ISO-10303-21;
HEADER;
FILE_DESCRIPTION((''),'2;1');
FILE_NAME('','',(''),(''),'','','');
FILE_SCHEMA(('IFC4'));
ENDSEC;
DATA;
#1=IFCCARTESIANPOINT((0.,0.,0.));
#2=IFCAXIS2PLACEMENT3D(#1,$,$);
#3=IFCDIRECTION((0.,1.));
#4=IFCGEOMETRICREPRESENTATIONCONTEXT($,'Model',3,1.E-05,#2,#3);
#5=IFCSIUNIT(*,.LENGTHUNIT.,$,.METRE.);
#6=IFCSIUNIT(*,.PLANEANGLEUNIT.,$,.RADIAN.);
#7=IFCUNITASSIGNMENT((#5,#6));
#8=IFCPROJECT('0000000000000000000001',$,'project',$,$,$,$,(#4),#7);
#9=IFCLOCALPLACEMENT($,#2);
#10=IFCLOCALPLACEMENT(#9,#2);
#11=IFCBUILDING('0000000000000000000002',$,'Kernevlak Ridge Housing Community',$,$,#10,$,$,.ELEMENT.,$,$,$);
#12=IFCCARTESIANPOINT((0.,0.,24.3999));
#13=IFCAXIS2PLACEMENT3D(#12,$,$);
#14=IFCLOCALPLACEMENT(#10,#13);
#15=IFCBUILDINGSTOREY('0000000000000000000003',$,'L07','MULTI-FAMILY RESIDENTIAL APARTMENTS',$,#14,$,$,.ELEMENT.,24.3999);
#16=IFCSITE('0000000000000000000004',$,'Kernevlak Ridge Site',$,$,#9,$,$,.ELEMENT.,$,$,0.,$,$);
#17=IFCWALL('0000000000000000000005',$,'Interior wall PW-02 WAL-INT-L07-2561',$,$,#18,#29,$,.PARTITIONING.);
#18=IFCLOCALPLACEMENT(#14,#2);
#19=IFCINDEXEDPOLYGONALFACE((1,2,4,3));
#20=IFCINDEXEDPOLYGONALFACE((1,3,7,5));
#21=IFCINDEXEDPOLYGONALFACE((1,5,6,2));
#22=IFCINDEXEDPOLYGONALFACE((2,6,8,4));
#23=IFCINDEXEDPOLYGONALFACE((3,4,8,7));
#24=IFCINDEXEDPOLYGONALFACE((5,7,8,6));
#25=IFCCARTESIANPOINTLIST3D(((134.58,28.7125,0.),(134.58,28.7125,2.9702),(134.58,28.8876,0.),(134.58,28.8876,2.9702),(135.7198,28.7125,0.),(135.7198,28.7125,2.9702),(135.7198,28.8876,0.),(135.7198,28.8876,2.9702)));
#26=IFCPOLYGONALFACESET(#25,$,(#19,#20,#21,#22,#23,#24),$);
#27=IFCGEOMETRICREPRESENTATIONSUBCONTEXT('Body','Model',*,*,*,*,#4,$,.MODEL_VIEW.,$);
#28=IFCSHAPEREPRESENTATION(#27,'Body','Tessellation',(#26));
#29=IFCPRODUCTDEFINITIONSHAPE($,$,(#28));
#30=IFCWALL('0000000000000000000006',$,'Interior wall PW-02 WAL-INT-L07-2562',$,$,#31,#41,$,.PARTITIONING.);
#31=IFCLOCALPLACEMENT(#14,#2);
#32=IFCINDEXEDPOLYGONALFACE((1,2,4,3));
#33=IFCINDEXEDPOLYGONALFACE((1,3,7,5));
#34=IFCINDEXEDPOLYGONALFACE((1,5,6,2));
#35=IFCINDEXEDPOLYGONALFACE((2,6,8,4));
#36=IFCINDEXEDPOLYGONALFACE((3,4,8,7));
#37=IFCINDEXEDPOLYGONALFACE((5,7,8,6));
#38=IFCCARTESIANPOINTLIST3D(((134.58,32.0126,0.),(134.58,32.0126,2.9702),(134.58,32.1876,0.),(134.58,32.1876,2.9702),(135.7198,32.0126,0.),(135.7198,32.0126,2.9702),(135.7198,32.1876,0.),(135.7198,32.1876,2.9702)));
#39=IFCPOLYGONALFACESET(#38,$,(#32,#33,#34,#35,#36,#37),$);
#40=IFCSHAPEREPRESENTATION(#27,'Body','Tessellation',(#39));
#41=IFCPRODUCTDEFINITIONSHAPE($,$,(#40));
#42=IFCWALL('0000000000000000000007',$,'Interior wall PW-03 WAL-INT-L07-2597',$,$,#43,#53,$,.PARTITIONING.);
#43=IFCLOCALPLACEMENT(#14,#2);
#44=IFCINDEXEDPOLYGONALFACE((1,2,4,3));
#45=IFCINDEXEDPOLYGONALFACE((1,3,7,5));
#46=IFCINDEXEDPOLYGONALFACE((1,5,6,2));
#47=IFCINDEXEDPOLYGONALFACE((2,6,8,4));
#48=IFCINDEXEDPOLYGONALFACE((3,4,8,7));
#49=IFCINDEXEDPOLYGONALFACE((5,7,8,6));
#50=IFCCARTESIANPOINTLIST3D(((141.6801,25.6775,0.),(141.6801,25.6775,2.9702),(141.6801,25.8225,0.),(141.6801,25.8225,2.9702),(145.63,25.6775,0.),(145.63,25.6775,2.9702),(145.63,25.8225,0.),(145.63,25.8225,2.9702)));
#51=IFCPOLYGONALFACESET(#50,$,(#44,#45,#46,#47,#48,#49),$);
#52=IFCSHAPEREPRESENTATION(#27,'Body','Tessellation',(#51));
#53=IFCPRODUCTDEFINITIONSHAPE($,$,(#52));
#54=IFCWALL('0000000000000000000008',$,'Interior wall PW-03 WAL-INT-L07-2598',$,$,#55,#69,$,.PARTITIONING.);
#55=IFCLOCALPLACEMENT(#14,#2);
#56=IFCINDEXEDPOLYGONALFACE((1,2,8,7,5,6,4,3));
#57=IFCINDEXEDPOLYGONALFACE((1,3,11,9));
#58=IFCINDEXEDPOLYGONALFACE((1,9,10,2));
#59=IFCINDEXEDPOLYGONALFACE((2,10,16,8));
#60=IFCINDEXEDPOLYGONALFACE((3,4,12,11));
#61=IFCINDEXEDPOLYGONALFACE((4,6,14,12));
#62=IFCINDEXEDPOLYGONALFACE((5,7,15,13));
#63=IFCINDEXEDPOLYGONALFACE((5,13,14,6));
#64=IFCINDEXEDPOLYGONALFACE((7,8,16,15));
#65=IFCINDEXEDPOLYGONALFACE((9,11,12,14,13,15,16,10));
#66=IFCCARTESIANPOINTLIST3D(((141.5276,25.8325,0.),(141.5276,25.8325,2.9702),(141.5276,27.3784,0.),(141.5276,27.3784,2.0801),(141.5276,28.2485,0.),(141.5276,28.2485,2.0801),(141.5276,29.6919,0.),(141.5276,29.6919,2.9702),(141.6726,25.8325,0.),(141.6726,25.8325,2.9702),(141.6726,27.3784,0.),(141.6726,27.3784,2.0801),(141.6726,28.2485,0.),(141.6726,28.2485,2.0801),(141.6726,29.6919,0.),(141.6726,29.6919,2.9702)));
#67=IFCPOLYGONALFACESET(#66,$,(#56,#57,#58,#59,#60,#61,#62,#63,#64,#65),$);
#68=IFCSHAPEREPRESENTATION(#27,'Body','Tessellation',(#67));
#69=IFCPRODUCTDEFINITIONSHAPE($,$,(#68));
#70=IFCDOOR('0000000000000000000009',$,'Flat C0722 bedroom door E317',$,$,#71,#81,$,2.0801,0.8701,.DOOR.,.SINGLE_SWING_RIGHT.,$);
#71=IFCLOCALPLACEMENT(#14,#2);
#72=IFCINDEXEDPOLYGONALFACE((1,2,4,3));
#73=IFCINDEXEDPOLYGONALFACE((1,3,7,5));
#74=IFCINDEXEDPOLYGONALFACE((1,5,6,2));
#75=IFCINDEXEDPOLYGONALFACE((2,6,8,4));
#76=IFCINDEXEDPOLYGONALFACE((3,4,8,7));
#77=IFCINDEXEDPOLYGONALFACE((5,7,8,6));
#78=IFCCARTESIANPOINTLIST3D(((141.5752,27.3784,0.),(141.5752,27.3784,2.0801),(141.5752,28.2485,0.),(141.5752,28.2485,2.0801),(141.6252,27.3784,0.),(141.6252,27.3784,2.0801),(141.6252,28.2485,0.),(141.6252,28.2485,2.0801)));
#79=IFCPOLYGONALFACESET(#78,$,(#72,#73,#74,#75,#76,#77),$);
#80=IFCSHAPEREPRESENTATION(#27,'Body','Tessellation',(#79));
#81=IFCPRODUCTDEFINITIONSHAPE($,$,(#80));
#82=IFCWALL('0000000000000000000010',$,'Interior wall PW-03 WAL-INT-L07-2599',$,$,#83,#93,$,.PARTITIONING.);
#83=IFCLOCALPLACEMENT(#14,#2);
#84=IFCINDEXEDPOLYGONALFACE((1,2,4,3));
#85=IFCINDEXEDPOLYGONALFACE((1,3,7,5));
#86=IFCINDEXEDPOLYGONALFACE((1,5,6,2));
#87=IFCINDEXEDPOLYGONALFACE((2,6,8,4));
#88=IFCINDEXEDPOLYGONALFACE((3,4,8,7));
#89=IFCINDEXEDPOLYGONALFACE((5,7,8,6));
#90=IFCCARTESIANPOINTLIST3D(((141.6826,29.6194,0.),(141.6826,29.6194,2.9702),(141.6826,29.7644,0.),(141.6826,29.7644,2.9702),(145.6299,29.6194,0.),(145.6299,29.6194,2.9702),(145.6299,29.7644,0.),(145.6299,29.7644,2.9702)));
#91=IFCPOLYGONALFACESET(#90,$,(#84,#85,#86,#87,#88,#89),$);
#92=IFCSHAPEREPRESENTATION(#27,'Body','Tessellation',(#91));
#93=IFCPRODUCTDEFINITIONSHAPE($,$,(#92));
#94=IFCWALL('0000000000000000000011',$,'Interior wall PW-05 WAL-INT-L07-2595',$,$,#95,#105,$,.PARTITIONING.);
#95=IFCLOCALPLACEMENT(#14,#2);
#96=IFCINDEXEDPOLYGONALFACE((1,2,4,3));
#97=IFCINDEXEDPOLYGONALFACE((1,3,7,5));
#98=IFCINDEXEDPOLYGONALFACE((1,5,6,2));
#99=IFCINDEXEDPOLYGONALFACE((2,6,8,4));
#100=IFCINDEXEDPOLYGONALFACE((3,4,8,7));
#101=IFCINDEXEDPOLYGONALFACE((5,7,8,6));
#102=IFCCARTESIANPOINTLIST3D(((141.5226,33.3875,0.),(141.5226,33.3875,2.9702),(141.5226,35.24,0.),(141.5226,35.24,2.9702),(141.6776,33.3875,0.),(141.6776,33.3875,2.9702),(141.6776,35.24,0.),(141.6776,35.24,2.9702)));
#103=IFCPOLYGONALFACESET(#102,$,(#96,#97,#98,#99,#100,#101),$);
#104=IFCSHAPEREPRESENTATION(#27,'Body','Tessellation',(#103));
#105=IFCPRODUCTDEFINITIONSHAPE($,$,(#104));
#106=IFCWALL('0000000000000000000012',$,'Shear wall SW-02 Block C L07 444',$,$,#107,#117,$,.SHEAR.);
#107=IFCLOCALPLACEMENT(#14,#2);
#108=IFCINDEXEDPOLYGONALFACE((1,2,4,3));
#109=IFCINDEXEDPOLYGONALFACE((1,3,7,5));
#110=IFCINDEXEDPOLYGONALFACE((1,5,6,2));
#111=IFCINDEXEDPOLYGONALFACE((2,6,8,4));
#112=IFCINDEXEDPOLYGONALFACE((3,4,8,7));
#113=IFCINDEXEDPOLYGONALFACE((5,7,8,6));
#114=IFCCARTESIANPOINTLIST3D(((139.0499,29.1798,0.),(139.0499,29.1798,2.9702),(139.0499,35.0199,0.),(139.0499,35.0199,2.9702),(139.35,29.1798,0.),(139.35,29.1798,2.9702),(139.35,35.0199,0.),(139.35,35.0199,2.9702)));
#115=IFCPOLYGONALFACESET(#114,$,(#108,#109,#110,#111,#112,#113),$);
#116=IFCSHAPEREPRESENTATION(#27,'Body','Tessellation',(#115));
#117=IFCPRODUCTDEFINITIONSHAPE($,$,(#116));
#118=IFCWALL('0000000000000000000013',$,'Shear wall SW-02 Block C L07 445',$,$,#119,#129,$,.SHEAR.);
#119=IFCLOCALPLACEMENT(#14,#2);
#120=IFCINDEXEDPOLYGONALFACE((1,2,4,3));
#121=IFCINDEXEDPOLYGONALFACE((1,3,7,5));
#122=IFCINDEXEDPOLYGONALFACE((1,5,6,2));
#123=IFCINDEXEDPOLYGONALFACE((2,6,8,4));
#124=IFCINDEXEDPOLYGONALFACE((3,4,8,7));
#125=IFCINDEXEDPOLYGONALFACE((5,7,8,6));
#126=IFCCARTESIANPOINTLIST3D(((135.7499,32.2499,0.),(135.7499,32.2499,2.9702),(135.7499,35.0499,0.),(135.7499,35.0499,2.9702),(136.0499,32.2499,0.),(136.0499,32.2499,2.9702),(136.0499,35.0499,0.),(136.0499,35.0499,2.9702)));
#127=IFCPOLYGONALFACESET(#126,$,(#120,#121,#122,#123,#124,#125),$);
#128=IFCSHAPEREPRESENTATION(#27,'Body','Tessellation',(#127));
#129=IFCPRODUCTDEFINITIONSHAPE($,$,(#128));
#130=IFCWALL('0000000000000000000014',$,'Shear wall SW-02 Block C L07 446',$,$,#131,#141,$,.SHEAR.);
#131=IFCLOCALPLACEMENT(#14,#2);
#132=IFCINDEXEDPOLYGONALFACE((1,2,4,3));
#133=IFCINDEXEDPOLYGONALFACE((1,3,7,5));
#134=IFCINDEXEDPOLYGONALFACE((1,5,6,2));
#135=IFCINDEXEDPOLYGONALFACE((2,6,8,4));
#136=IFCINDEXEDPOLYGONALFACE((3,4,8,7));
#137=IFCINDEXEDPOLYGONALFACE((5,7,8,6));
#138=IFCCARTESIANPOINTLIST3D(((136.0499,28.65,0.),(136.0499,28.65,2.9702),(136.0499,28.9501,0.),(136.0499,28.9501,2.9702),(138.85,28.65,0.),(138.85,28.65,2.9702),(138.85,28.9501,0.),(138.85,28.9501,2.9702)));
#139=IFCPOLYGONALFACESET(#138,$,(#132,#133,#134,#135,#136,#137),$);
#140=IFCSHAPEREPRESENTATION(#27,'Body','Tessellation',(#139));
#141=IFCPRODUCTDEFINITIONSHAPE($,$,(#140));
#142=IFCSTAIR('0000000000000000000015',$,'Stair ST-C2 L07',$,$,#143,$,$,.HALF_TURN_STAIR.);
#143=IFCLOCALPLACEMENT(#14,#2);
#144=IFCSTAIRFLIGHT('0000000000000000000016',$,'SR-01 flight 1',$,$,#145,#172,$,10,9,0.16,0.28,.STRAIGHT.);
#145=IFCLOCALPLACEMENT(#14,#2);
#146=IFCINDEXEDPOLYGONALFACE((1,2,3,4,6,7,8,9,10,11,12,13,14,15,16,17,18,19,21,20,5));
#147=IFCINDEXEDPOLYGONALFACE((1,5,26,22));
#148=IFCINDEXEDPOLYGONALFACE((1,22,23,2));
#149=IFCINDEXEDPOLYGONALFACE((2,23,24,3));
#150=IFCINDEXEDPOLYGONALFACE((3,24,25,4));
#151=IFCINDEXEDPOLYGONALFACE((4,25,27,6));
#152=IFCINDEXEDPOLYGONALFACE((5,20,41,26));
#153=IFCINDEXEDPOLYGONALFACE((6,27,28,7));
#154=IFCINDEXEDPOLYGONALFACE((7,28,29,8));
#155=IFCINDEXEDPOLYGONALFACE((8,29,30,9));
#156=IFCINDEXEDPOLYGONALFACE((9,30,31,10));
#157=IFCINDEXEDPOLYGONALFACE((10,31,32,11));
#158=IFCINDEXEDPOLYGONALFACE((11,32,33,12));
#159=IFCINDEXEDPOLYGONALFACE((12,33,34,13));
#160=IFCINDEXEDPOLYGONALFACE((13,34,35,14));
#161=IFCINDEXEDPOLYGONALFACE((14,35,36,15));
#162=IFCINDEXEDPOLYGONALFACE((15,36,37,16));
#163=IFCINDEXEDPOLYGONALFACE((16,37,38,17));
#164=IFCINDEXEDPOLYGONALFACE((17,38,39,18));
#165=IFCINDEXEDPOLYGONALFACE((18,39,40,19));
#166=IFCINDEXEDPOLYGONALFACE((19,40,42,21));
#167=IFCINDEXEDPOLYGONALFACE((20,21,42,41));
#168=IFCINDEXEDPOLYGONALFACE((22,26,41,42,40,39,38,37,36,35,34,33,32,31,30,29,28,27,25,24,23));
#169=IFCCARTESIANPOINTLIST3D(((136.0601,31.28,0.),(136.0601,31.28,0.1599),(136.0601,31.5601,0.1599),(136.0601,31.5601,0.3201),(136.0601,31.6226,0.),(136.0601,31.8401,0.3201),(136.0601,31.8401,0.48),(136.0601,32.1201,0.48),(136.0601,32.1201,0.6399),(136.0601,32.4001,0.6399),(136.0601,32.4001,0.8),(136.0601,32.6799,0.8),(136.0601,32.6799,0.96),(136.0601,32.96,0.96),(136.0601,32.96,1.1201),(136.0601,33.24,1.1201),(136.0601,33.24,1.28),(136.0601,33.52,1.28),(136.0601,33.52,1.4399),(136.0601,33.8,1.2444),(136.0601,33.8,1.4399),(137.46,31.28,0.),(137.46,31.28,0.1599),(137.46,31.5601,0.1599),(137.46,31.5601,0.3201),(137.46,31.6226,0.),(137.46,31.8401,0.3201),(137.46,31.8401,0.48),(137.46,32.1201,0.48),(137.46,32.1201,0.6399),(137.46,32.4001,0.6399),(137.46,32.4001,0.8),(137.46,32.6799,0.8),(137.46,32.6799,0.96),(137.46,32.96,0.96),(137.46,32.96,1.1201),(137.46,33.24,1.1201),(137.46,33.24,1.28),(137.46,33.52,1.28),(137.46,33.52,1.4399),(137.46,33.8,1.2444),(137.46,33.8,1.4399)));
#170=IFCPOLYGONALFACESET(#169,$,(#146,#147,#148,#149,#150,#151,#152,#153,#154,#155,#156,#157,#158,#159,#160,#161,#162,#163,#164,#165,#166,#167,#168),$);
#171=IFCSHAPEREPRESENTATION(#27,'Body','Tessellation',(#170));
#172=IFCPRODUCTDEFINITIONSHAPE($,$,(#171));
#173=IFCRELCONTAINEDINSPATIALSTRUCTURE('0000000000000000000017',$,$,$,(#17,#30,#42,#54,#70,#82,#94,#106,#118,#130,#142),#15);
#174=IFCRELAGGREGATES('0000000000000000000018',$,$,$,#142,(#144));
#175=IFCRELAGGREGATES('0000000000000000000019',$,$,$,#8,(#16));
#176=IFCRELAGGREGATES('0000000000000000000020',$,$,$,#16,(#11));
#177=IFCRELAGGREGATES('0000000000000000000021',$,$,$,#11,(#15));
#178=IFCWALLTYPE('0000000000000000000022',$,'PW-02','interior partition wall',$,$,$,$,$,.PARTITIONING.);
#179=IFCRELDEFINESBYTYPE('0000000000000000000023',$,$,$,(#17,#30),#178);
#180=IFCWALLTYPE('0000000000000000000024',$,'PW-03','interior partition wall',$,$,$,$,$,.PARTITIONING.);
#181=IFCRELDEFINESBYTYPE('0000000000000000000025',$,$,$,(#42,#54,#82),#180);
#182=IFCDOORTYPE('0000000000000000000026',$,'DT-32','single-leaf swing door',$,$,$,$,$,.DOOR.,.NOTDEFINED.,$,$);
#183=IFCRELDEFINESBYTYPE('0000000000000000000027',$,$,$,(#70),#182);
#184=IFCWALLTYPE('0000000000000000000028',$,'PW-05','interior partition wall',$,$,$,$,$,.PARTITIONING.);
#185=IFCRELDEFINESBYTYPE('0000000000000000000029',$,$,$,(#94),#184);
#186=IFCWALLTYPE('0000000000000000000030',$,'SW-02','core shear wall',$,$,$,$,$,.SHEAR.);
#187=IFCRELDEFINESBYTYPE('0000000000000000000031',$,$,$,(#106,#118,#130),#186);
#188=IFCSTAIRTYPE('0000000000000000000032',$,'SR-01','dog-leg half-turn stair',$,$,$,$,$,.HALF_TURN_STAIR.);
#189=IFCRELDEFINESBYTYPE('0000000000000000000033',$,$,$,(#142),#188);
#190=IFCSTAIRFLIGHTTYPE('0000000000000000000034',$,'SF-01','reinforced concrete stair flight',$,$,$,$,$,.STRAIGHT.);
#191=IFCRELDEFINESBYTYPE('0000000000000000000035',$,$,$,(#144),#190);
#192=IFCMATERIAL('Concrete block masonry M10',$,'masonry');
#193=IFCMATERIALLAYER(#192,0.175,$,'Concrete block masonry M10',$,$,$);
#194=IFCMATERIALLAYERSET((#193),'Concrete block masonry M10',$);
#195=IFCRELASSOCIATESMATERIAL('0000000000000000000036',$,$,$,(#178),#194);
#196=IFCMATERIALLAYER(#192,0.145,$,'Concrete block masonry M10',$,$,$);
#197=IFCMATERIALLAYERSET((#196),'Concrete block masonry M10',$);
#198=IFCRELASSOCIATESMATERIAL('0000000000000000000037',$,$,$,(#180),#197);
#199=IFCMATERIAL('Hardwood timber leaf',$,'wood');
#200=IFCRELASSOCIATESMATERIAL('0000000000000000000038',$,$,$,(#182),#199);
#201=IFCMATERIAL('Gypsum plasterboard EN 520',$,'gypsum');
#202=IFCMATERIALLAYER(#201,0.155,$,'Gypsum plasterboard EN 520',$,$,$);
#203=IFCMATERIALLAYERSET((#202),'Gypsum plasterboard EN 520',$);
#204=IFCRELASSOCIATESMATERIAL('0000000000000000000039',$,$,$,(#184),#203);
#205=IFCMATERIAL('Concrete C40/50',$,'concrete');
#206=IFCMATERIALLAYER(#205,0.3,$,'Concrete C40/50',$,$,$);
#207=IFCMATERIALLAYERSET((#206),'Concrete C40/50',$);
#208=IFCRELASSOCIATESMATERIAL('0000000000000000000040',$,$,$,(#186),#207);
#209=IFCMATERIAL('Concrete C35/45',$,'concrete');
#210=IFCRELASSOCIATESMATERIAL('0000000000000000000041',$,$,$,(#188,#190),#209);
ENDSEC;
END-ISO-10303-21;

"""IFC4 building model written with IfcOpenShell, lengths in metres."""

from ifc_helpers import new_model, si_unit, direction, frame, frame_2d, origin, place, context, subcontext, project, spatial, polyline, rectangle, outline, extrude, material, layer, layer_set, type_object, element, fill, aggregate, save


model = new_model("IFC4")

# Units and contexts
model_context = context("Model", 3, precision=1e-05, world=origin(), true_north=direction((0.0, 1.0)))
body_context = subcontext(model_context, "Body", "Model", "MODEL_VIEW")
ifc_project = project(units=[si_unit("LENGTHUNIT", "METRE"), si_unit("PLANEANGLEUNIT", "RADIAN")], contexts=[model_context])

# Site, building, storey
site_placement = place(None, origin())
site = spatial("IfcSite", under=ifc_project, at=site_placement, Name="Kernevlak Ridge Site", CompositionType="ELEMENT", RefElevation=0.0)
building_placement = place(site_placement, origin())
building = spatial("IfcBuilding", under=site, at=building_placement, Name="Kernevlak Ridge Housing Community", CompositionType="ELEMENT")
storey_placement = place(building_placement, frame((0.0, 0.0, 24.3999)))
storey = spatial("IfcBuildingStorey", under=building, at=storey_placement, Name="L07", Description="MULTI-FAMILY RESIDENTIAL APARTMENTS", CompositionType="ELEMENT", Elevation=24.3999)

# Shared definitions
ifc_material_1 = material(Name="Concrete C35/45", Category="concrete")

# Shared definitions
ifc_material_2 = material(Name="Concrete block masonry M10", Category="masonry")

# Shared definitions
ifc_layer_1 = layer(ifc_material_2, 0.175, Name="Concrete block masonry M10")
ifc_layer_set_1 = layer_set([ifc_layer_1], Name="Concrete block masonry M10")
wall_type_1 = type_object("IfcWallType", Name="PW-02", Description="interior partition wall", PredefinedType="PARTITIONING", material=ifc_layer_set_1)

# Walls
for number, where, z_axis, x_axis, name in (
    (1, (134.5801, 28.8, 0.0), (0.0, 0.0, 1.0), (1.0, 0.0, 0.0), "Interior wall PW-02 WAL-INT-L07-2561"),
    (2, (134.5801, 32.1001, 0.0), (0.0, 0.0, 1.0), (1.0, 0.0, 0.0), "Interior wall PW-02 WAL-INT-L07-2562"),
):
    element("IfcWall", number, at=place(storey_placement, frame(where, z_axis=z_axis, x_axis=x_axis)), inside=storey, type_object=wall_type_1, Name=name, PredefinedType="PARTITIONING", context=body_context, shape_type="SweptSolid", body=[
        extrude(rectangle(XDim=1.1399, YDim=0.175, at=frame_2d((0.5698, 0.0))), origin(), (0.0, 0.0, 1.0), 2.9702),
    ])
ifc_layer_2 = layer(ifc_material_2, 0.145, Name="Concrete block masonry M10")
ifc_layer_set_2 = layer_set([ifc_layer_2], Name="Concrete block masonry M10")
wall_type_2 = type_object("IfcWallType", Name="PW-03", Description="interior partition wall", PredefinedType="PARTITIONING", material=ifc_layer_set_2)
wall_1_placement = place(storey_placement, frame((141.6799, 25.75, 0.0), z_axis=(0.0, 0.0, 1.0), x_axis=(1.0, 0.0, 0.0)))
element("IfcWall", 3, at=wall_1_placement, inside=storey, type_object=wall_type_2, Name="Interior wall PW-03 WAL-INT-L07-2597", PredefinedType="PARTITIONING", context=body_context, shape_type="SweptSolid", body=[
    extrude(rectangle(XDim=3.95, YDim=0.145, at=frame_2d((1.9751, 0.0))), origin(), (0.0, 0.0, 1.0), 2.9702),
])

# Wall, opening, door
wall_2_placement = place(storey_placement, frame((141.6001, 25.8325, 0.0), z_axis=(0.0, 0.0, 1.0), x_axis=(0.0, 1.0, 0.0)))
wall_2 = element("IfcWall", 4, at=wall_2_placement, inside=storey, type_object=wall_type_2, Name="Interior wall PW-03 WAL-INT-L07-2598", PredefinedType="PARTITIONING", context=body_context, shape_type="SweptSolid", body=[
    extrude(rectangle(XDim=3.8594, YDim=0.145, at=frame_2d((1.9297, 0.0))), origin(), (0.0, 0.0, 1.0), 2.9702),
])
opening_1_placement = place(wall_2_placement, frame((1.5459, 0.0, 0.0)))
opening_1 = element("IfcOpeningElement", 5, at=opening_1_placement, cuts=wall_2, PredefinedType="OPENING", context=body_context, shape_type="SweptSolid", body=[
    extrude(rectangle(XDim=0.8701, YDim=2.0801, at=frame_2d((0.4351, 1.04))), frame((0.0, 0.0825, 0.0), z_axis=(0.0, -1.0, 0.0), x_axis=(1.0, 0.0, 0.0)), (0.0, 0.0, 1.0), 0.165),
])
ifc_material_3 = material(Name="Hardwood timber leaf", Category="wood")
door_type_1 = type_object("IfcDoorType", Name="DT-32", Description="single-leaf swing door", OperationType="NOTDEFINED", PredefinedType="DOOR", material=ifc_material_3)
door_1_placement = place(opening_1_placement, origin())
door_1 = element("IfcDoor", 6, at=door_1_placement, inside=storey, type_object=door_type_1, Name="Flat C0722 bedroom door E317", OperationType="SINGLE_SWING_RIGHT", OverallHeight=2.0801, OverallWidth=0.8701, PredefinedType="DOOR", context=body_context, shape_type="SweptSolid", body=[
    extrude(rectangle(XDim=0.8701, YDim=2.0801, at=frame_2d((0.4351, 1.04))), frame((0.0, 0.0249, 0.0), z_axis=(0.0, -1.0, 0.0), x_axis=(1.0, 0.0, 0.0)), (0.0, 0.0, 1.0), 0.05),
])
fill(opening_1, door_1)

# Wall
wall_3_placement = place(storey_placement, frame((141.6826, 29.6919, 0.0), z_axis=(0.0, 0.0, 1.0), x_axis=(1.0, 0.0, 0.0)))
element("IfcWall", 7, at=wall_3_placement, inside=storey, type_object=wall_type_2, Name="Interior wall PW-03 WAL-INT-L07-2599", PredefinedType="PARTITIONING", context=body_context, shape_type="SweptSolid", body=[
    extrude(rectangle(XDim=3.9473, YDim=0.145, at=frame_2d((1.9736, 0.0))), origin(), (0.0, 0.0, 1.0), 2.9702),
])

# Shared definitions
ifc_material_4 = material(Name="Gypsum plasterboard EN 520", Category="gypsum")
ifc_layer_3 = layer(ifc_material_4, 0.155, Name="Gypsum plasterboard EN 520")
ifc_layer_set_3 = layer_set([ifc_layer_3], Name="Gypsum plasterboard EN 520")
wall_type_3 = type_object("IfcWallType", Name="PW-05", Description="interior partition wall", PredefinedType="PARTITIONING", material=ifc_layer_set_3)

# Walls
wall_4_placement = place(storey_placement, frame((141.6001, 33.3875, 0.0), z_axis=(0.0, 0.0, 1.0), x_axis=(0.0, 1.0, 0.0)))
element("IfcWall", 8, at=wall_4_placement, inside=storey, type_object=wall_type_3, Name="Interior wall PW-05 WAL-INT-L07-2595", PredefinedType="PARTITIONING", context=body_context, shape_type="SweptSolid", body=[
    extrude(rectangle(XDim=1.8525, YDim=0.155, at=frame_2d((0.9263, 0.0))), origin(), (0.0, 0.0, 1.0), 2.9702),
])
ifc_material_5 = material(Name="Concrete C40/50", Category="concrete")
ifc_layer_4 = layer(ifc_material_5, 0.3, Name="Concrete C40/50")
ifc_layer_set_4 = layer_set([ifc_layer_4], Name="Concrete C40/50")
wall_type_4 = type_object("IfcWallType", Name="SW-02", Description="core shear wall", PredefinedType="SHEAR", material=ifc_layer_set_4)
wall_5_placement = place(storey_placement, frame((139.2, 29.1799, 0.0), z_axis=(0.0, 0.0, 1.0), x_axis=(0.0, 1.0, 0.0)))
element("IfcWall", 9, at=wall_5_placement, inside=storey, type_object=wall_type_4, Name="Shear wall SW-02 Block C L07 444", PredefinedType="SHEAR", context=body_context, shape_type="SweptSolid", body=[
    extrude(rectangle(XDim=5.8401, YDim=0.3, at=frame_2d((2.9199, 0.0))), origin(), (0.0, 0.0, 1.0), 2.9702),
])
for number, where, z_axis, x_axis, name in (
    (10, (135.8999, 32.25, 0.0), (0.0, 0.0, 1.0), (0.0, 1.0, 0.0), "Shear wall SW-02 Block C L07 445"),
    (11, (136.05, 28.8, 0.0), (0.0, 0.0, 1.0), (1.0, 0.0, 0.0), "Shear wall SW-02 Block C L07 446"),
):
    element("IfcWall", number, at=place(storey_placement, frame(where, z_axis=z_axis, x_axis=x_axis)), inside=storey, type_object=wall_type_4, Name=name, PredefinedType="SHEAR", context=body_context, shape_type="SweptSolid", body=[
        extrude(rectangle(XDim=2.8, YDim=0.3, at=frame_2d((1.3999, 0.0))), origin(), (0.0, 0.0, 1.0), 2.9702),
    ])

# Stair, stair flight
stair_type = type_object("IfcStairType", Name="SR-01", Description="dog-leg half-turn stair", PredefinedType="HALF_TURN_STAIR", material=ifc_material_1)
stair_placement = place(storey_placement, origin())
stair = element("IfcStair", 12, at=stair_placement, inside=storey, type_object=stair_type, Name="Stair ST-C2 L07", PredefinedType="HALF_TURN_STAIR")
stair_flight_type = type_object("IfcStairFlightType", Name="SF-01", Description="reinforced concrete stair flight", PredefinedType="STRAIGHT", material=ifc_material_1)
stair_flight_1_placement = place(storey_placement, frame((136.76, 31.28, 0.0), z_axis=(0.0, 0.0, 1.0), x_axis=(0.0, 1.0, 0.0)))
stair_flight_1 = element("IfcStairFlight", 13, at=stair_flight_1_placement, type_object=stair_flight_type, Name="SR-01 flight 1", NumberOfRisers=10, NumberOfTreads=9, PredefinedType="STRAIGHT", RiserHeight=0.16, TreadLength=0.28, context=body_context, shape_type="SweptSolid", body=[
    extrude(outline(polyline([(0.0, 0.0), (0.0, 0.1599), (0.28, 0.1599), (0.28, 0.3201), (0.5601, 0.3201), (0.5601, 0.48), (0.8401, 0.48), (0.8401, 0.6399), (1.1201, 0.6399), (1.1201, 0.8), (1.3999, 0.8), (1.3999, 0.96), (1.6799, 0.96), (1.6799, 1.1201), (1.96, 1.1201), (1.96, 1.28), (2.24, 1.28), (2.24, 1.4399), (2.52, 1.4399), (2.52, 1.6001), (2.52, 1.2444), (0.3425, 0.0), (0.0, 0.0)])), frame((0.0, 0.7, 0.0), z_axis=(0.0, -1.0, 0.0), x_axis=(1.0, 0.0, 0.0)), (0.0, 0.0, 1.0), 1.3999),
])
aggregate(stair, [stair_flight_1])

save(model, "model.ifc")
